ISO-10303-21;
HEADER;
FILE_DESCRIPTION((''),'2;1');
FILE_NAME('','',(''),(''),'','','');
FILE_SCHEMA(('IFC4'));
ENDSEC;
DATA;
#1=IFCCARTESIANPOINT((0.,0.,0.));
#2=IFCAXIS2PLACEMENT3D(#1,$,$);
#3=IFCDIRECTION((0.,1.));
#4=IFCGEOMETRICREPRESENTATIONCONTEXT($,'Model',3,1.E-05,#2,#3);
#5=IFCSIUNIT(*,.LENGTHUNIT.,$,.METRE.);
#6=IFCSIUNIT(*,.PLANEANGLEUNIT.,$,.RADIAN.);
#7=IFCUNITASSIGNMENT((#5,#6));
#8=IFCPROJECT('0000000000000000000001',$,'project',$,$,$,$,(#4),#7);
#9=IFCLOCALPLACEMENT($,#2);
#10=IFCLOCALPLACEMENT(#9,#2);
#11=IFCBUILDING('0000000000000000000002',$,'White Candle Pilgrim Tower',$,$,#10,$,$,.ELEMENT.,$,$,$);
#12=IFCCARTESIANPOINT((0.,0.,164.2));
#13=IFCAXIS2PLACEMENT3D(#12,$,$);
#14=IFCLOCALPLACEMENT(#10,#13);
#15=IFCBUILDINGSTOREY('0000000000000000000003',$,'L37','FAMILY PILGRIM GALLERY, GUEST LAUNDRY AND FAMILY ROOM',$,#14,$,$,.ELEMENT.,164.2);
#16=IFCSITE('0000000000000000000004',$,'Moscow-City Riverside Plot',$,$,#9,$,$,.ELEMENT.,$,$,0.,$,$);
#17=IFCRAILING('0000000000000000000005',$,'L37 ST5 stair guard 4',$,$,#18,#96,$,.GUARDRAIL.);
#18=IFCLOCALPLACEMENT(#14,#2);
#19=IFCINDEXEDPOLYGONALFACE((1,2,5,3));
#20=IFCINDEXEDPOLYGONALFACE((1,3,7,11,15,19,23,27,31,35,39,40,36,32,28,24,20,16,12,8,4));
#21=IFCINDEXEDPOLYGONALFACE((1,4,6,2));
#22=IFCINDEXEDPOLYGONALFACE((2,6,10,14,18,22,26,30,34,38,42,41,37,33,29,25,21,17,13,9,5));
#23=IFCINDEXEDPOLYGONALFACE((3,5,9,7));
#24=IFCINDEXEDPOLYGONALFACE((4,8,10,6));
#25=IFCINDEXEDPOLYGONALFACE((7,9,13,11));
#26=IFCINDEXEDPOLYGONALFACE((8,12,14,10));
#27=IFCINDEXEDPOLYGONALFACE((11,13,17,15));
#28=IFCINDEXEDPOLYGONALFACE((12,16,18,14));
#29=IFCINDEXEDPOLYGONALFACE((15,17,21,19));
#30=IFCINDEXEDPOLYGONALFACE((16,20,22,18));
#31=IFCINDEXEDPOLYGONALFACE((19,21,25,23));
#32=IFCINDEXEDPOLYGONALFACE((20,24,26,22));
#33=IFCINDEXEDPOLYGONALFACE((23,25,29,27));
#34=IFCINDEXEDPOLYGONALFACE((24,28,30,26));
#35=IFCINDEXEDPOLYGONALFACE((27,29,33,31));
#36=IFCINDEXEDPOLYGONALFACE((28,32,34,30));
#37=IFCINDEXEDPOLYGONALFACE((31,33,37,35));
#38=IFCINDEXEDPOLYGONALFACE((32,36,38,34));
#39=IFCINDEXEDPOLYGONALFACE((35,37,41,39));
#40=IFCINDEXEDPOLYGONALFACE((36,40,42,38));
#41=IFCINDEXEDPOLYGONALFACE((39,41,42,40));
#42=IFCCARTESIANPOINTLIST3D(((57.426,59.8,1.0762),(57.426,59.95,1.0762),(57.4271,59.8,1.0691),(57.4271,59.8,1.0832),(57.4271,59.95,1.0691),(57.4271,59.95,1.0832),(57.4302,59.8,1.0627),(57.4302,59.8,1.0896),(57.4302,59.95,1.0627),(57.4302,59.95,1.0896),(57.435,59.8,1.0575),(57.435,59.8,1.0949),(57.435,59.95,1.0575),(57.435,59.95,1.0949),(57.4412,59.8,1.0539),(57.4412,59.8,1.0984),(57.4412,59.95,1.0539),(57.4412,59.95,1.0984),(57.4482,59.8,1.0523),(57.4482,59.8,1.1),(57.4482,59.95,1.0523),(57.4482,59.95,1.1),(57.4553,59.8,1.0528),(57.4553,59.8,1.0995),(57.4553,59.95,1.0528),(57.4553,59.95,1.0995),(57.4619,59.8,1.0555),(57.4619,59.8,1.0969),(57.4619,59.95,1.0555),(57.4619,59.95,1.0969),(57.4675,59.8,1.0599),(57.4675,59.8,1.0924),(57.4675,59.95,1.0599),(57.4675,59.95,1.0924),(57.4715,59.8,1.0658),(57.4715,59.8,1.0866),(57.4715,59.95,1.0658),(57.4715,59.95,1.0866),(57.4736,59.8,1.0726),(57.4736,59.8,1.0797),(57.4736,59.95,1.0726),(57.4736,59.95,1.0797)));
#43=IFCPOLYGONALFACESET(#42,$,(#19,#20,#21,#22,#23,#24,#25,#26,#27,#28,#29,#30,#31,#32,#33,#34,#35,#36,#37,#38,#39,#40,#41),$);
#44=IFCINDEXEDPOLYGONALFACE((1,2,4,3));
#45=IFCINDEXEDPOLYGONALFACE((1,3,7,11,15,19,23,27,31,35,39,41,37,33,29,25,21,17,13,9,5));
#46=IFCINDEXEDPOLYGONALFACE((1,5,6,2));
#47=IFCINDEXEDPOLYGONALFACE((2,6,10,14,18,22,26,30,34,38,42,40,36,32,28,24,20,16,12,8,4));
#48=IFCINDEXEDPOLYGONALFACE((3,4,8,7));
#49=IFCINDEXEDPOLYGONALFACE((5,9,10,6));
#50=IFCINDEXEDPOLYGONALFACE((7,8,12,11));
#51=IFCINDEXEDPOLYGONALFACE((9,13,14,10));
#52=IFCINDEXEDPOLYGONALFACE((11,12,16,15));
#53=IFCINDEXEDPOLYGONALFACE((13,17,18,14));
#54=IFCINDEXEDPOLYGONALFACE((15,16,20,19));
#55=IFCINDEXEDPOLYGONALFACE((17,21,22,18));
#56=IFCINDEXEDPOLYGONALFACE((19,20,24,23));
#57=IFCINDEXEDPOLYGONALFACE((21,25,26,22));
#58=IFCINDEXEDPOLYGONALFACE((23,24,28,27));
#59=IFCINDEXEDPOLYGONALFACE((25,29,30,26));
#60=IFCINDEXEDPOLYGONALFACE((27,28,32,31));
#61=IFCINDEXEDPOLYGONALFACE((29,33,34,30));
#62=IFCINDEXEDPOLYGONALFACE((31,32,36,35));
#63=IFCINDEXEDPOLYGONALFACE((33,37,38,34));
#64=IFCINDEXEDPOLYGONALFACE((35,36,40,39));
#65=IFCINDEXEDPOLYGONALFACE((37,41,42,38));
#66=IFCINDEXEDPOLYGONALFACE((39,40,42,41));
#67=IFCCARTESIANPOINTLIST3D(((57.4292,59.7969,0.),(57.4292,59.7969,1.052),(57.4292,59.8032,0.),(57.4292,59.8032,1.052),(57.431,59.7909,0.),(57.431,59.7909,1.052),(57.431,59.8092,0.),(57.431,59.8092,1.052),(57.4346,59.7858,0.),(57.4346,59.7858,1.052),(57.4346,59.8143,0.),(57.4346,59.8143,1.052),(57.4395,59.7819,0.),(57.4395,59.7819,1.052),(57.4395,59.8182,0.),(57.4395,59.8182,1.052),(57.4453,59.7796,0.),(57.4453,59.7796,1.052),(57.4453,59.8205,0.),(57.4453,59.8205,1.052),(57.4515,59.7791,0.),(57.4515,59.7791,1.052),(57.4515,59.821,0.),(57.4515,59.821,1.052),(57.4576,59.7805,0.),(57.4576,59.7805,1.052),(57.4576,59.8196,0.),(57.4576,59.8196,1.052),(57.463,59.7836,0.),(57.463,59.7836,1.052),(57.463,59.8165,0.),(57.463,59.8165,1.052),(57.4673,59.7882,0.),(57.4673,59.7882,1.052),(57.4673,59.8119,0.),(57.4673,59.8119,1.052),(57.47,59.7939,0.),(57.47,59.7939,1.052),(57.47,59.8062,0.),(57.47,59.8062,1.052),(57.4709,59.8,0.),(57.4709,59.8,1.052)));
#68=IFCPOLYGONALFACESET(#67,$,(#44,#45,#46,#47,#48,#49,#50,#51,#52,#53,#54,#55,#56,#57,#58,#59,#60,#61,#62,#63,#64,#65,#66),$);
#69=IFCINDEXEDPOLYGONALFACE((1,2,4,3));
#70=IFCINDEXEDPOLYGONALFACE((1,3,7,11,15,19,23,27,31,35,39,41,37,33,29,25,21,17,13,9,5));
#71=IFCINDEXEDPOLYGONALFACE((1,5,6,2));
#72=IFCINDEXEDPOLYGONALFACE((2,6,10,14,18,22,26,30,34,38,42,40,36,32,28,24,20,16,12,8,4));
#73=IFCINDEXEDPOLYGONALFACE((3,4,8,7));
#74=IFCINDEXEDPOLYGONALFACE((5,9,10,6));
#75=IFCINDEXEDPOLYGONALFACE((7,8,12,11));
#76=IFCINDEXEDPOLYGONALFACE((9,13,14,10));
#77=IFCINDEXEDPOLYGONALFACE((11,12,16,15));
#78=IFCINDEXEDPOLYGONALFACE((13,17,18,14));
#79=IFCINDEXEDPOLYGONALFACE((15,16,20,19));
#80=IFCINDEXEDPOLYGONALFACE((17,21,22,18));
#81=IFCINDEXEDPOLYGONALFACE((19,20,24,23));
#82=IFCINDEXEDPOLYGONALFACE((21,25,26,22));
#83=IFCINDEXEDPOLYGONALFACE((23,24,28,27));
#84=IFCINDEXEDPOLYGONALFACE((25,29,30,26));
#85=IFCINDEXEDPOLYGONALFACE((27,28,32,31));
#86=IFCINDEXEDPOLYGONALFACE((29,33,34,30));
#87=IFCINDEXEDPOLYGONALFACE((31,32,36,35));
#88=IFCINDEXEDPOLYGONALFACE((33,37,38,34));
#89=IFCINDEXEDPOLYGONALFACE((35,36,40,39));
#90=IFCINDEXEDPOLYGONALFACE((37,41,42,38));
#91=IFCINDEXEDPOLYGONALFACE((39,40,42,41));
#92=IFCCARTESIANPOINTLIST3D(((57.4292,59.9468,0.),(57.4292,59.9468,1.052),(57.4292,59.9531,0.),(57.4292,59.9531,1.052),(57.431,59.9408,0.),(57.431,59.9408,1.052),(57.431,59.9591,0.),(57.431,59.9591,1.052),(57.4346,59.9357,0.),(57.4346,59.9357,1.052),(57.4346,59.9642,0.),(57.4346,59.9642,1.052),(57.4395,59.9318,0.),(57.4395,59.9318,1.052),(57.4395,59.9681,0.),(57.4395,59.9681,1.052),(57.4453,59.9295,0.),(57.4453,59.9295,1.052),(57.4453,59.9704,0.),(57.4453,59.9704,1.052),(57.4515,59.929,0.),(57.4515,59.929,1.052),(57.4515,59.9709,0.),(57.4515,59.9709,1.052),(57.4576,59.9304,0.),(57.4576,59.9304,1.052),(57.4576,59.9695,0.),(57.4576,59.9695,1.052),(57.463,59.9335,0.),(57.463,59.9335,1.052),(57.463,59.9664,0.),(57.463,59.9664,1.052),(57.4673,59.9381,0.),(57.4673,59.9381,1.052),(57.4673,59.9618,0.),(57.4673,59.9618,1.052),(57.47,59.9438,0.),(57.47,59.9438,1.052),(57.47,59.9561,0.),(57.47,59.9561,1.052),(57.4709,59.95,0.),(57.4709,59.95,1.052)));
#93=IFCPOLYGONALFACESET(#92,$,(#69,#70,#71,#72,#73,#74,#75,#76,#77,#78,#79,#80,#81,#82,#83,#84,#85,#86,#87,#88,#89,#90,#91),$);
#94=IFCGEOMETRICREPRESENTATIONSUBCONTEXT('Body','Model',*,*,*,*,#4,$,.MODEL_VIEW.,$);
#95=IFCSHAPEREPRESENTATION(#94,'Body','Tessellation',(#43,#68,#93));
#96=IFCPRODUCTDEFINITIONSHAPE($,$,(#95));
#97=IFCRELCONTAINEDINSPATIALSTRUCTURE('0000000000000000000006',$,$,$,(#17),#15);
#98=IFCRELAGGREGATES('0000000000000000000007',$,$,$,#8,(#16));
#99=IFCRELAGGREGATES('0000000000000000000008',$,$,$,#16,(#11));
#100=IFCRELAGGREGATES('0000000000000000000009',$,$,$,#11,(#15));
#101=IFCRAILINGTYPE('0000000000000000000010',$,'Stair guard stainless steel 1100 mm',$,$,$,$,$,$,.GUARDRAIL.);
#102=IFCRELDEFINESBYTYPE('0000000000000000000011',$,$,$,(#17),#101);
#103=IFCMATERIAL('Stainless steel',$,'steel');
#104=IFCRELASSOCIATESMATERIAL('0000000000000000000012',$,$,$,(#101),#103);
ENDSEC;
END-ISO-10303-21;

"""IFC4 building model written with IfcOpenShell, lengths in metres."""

from ifc_helpers import new_model, si_unit, direction, frame, origin, origin_2d, place, context, subcontext, project, spatial, circle, extrude, material, type_object, element, save


model = new_model("IFC4")

# Units and contexts
model_context = context("Model", 3, precision=1e-05, world=origin(), true_north=direction((0.0, 1.0)))
body_context = subcontext(model_context, "Body", "Model", "MODEL_VIEW")
ifc_project = project(units=[si_unit("LENGTHUNIT", "METRE"), si_unit("PLANEANGLEUNIT", "RADIAN")], contexts=[model_context])

# Site, building, storey
site_placement = place(None, origin())
site = spatial("IfcSite", under=ifc_project, at=site_placement, Name="Moscow-City Riverside Plot", CompositionType="ELEMENT", RefElevation=0.0)
building_placement = place(site_placement, origin())
building = spatial("IfcBuilding", under=site, at=building_placement, Name="White Candle Pilgrim Tower", CompositionType="ELEMENT")
storey_placement = place(building_placement, frame((0.0, 0.0, 164.2)))
storey = spatial("IfcBuildingStorey", under=building, at=storey_placement, Name="L37", Description="FAMILY PILGRIM GALLERY, GUEST LAUNDRY AND FAMILY ROOM", CompositionType="ELEMENT", Elevation=164.2)

# Railing
ifc_material_1 = material(Name="Stainless steel", Category="steel")
railing_type_1 = type_object("IfcRailingType", Name="Stair guard stainless steel 1100 mm", PredefinedType="GUARDRAIL", material=ifc_material_1)
railing_1_placement = place(storey_placement, frame((57.45, 59.8, 0.0)))
element("IfcRailing", 1, at=railing_1_placement, inside=storey, type_object=railing_type_1, Name="L37 ST5 stair guard 4", PredefinedType="GUARDRAIL", context=body_context, shape_type="SweptSolid", body=[
    extrude(circle(Radius=0.0239, at=origin_2d()), frame((0.0, 0.0, 1.0762), z_axis=(0.0, 1.0, 0.0), x_axis=(-1.0, 0.0, 0.0)), (0.0, 0.0, 1.0), 0.1499),
    extrude(circle(Radius=0.021, at=origin_2d()), origin(), (0.0, 0.0, 1.0), 1.052),
    extrude(circle(Radius=0.021, at=origin_2d()), frame((0.0, 0.1499, 0.0)), (0.0, 0.0, 1.0), 1.052),
])

save(model, "model.ifc")
